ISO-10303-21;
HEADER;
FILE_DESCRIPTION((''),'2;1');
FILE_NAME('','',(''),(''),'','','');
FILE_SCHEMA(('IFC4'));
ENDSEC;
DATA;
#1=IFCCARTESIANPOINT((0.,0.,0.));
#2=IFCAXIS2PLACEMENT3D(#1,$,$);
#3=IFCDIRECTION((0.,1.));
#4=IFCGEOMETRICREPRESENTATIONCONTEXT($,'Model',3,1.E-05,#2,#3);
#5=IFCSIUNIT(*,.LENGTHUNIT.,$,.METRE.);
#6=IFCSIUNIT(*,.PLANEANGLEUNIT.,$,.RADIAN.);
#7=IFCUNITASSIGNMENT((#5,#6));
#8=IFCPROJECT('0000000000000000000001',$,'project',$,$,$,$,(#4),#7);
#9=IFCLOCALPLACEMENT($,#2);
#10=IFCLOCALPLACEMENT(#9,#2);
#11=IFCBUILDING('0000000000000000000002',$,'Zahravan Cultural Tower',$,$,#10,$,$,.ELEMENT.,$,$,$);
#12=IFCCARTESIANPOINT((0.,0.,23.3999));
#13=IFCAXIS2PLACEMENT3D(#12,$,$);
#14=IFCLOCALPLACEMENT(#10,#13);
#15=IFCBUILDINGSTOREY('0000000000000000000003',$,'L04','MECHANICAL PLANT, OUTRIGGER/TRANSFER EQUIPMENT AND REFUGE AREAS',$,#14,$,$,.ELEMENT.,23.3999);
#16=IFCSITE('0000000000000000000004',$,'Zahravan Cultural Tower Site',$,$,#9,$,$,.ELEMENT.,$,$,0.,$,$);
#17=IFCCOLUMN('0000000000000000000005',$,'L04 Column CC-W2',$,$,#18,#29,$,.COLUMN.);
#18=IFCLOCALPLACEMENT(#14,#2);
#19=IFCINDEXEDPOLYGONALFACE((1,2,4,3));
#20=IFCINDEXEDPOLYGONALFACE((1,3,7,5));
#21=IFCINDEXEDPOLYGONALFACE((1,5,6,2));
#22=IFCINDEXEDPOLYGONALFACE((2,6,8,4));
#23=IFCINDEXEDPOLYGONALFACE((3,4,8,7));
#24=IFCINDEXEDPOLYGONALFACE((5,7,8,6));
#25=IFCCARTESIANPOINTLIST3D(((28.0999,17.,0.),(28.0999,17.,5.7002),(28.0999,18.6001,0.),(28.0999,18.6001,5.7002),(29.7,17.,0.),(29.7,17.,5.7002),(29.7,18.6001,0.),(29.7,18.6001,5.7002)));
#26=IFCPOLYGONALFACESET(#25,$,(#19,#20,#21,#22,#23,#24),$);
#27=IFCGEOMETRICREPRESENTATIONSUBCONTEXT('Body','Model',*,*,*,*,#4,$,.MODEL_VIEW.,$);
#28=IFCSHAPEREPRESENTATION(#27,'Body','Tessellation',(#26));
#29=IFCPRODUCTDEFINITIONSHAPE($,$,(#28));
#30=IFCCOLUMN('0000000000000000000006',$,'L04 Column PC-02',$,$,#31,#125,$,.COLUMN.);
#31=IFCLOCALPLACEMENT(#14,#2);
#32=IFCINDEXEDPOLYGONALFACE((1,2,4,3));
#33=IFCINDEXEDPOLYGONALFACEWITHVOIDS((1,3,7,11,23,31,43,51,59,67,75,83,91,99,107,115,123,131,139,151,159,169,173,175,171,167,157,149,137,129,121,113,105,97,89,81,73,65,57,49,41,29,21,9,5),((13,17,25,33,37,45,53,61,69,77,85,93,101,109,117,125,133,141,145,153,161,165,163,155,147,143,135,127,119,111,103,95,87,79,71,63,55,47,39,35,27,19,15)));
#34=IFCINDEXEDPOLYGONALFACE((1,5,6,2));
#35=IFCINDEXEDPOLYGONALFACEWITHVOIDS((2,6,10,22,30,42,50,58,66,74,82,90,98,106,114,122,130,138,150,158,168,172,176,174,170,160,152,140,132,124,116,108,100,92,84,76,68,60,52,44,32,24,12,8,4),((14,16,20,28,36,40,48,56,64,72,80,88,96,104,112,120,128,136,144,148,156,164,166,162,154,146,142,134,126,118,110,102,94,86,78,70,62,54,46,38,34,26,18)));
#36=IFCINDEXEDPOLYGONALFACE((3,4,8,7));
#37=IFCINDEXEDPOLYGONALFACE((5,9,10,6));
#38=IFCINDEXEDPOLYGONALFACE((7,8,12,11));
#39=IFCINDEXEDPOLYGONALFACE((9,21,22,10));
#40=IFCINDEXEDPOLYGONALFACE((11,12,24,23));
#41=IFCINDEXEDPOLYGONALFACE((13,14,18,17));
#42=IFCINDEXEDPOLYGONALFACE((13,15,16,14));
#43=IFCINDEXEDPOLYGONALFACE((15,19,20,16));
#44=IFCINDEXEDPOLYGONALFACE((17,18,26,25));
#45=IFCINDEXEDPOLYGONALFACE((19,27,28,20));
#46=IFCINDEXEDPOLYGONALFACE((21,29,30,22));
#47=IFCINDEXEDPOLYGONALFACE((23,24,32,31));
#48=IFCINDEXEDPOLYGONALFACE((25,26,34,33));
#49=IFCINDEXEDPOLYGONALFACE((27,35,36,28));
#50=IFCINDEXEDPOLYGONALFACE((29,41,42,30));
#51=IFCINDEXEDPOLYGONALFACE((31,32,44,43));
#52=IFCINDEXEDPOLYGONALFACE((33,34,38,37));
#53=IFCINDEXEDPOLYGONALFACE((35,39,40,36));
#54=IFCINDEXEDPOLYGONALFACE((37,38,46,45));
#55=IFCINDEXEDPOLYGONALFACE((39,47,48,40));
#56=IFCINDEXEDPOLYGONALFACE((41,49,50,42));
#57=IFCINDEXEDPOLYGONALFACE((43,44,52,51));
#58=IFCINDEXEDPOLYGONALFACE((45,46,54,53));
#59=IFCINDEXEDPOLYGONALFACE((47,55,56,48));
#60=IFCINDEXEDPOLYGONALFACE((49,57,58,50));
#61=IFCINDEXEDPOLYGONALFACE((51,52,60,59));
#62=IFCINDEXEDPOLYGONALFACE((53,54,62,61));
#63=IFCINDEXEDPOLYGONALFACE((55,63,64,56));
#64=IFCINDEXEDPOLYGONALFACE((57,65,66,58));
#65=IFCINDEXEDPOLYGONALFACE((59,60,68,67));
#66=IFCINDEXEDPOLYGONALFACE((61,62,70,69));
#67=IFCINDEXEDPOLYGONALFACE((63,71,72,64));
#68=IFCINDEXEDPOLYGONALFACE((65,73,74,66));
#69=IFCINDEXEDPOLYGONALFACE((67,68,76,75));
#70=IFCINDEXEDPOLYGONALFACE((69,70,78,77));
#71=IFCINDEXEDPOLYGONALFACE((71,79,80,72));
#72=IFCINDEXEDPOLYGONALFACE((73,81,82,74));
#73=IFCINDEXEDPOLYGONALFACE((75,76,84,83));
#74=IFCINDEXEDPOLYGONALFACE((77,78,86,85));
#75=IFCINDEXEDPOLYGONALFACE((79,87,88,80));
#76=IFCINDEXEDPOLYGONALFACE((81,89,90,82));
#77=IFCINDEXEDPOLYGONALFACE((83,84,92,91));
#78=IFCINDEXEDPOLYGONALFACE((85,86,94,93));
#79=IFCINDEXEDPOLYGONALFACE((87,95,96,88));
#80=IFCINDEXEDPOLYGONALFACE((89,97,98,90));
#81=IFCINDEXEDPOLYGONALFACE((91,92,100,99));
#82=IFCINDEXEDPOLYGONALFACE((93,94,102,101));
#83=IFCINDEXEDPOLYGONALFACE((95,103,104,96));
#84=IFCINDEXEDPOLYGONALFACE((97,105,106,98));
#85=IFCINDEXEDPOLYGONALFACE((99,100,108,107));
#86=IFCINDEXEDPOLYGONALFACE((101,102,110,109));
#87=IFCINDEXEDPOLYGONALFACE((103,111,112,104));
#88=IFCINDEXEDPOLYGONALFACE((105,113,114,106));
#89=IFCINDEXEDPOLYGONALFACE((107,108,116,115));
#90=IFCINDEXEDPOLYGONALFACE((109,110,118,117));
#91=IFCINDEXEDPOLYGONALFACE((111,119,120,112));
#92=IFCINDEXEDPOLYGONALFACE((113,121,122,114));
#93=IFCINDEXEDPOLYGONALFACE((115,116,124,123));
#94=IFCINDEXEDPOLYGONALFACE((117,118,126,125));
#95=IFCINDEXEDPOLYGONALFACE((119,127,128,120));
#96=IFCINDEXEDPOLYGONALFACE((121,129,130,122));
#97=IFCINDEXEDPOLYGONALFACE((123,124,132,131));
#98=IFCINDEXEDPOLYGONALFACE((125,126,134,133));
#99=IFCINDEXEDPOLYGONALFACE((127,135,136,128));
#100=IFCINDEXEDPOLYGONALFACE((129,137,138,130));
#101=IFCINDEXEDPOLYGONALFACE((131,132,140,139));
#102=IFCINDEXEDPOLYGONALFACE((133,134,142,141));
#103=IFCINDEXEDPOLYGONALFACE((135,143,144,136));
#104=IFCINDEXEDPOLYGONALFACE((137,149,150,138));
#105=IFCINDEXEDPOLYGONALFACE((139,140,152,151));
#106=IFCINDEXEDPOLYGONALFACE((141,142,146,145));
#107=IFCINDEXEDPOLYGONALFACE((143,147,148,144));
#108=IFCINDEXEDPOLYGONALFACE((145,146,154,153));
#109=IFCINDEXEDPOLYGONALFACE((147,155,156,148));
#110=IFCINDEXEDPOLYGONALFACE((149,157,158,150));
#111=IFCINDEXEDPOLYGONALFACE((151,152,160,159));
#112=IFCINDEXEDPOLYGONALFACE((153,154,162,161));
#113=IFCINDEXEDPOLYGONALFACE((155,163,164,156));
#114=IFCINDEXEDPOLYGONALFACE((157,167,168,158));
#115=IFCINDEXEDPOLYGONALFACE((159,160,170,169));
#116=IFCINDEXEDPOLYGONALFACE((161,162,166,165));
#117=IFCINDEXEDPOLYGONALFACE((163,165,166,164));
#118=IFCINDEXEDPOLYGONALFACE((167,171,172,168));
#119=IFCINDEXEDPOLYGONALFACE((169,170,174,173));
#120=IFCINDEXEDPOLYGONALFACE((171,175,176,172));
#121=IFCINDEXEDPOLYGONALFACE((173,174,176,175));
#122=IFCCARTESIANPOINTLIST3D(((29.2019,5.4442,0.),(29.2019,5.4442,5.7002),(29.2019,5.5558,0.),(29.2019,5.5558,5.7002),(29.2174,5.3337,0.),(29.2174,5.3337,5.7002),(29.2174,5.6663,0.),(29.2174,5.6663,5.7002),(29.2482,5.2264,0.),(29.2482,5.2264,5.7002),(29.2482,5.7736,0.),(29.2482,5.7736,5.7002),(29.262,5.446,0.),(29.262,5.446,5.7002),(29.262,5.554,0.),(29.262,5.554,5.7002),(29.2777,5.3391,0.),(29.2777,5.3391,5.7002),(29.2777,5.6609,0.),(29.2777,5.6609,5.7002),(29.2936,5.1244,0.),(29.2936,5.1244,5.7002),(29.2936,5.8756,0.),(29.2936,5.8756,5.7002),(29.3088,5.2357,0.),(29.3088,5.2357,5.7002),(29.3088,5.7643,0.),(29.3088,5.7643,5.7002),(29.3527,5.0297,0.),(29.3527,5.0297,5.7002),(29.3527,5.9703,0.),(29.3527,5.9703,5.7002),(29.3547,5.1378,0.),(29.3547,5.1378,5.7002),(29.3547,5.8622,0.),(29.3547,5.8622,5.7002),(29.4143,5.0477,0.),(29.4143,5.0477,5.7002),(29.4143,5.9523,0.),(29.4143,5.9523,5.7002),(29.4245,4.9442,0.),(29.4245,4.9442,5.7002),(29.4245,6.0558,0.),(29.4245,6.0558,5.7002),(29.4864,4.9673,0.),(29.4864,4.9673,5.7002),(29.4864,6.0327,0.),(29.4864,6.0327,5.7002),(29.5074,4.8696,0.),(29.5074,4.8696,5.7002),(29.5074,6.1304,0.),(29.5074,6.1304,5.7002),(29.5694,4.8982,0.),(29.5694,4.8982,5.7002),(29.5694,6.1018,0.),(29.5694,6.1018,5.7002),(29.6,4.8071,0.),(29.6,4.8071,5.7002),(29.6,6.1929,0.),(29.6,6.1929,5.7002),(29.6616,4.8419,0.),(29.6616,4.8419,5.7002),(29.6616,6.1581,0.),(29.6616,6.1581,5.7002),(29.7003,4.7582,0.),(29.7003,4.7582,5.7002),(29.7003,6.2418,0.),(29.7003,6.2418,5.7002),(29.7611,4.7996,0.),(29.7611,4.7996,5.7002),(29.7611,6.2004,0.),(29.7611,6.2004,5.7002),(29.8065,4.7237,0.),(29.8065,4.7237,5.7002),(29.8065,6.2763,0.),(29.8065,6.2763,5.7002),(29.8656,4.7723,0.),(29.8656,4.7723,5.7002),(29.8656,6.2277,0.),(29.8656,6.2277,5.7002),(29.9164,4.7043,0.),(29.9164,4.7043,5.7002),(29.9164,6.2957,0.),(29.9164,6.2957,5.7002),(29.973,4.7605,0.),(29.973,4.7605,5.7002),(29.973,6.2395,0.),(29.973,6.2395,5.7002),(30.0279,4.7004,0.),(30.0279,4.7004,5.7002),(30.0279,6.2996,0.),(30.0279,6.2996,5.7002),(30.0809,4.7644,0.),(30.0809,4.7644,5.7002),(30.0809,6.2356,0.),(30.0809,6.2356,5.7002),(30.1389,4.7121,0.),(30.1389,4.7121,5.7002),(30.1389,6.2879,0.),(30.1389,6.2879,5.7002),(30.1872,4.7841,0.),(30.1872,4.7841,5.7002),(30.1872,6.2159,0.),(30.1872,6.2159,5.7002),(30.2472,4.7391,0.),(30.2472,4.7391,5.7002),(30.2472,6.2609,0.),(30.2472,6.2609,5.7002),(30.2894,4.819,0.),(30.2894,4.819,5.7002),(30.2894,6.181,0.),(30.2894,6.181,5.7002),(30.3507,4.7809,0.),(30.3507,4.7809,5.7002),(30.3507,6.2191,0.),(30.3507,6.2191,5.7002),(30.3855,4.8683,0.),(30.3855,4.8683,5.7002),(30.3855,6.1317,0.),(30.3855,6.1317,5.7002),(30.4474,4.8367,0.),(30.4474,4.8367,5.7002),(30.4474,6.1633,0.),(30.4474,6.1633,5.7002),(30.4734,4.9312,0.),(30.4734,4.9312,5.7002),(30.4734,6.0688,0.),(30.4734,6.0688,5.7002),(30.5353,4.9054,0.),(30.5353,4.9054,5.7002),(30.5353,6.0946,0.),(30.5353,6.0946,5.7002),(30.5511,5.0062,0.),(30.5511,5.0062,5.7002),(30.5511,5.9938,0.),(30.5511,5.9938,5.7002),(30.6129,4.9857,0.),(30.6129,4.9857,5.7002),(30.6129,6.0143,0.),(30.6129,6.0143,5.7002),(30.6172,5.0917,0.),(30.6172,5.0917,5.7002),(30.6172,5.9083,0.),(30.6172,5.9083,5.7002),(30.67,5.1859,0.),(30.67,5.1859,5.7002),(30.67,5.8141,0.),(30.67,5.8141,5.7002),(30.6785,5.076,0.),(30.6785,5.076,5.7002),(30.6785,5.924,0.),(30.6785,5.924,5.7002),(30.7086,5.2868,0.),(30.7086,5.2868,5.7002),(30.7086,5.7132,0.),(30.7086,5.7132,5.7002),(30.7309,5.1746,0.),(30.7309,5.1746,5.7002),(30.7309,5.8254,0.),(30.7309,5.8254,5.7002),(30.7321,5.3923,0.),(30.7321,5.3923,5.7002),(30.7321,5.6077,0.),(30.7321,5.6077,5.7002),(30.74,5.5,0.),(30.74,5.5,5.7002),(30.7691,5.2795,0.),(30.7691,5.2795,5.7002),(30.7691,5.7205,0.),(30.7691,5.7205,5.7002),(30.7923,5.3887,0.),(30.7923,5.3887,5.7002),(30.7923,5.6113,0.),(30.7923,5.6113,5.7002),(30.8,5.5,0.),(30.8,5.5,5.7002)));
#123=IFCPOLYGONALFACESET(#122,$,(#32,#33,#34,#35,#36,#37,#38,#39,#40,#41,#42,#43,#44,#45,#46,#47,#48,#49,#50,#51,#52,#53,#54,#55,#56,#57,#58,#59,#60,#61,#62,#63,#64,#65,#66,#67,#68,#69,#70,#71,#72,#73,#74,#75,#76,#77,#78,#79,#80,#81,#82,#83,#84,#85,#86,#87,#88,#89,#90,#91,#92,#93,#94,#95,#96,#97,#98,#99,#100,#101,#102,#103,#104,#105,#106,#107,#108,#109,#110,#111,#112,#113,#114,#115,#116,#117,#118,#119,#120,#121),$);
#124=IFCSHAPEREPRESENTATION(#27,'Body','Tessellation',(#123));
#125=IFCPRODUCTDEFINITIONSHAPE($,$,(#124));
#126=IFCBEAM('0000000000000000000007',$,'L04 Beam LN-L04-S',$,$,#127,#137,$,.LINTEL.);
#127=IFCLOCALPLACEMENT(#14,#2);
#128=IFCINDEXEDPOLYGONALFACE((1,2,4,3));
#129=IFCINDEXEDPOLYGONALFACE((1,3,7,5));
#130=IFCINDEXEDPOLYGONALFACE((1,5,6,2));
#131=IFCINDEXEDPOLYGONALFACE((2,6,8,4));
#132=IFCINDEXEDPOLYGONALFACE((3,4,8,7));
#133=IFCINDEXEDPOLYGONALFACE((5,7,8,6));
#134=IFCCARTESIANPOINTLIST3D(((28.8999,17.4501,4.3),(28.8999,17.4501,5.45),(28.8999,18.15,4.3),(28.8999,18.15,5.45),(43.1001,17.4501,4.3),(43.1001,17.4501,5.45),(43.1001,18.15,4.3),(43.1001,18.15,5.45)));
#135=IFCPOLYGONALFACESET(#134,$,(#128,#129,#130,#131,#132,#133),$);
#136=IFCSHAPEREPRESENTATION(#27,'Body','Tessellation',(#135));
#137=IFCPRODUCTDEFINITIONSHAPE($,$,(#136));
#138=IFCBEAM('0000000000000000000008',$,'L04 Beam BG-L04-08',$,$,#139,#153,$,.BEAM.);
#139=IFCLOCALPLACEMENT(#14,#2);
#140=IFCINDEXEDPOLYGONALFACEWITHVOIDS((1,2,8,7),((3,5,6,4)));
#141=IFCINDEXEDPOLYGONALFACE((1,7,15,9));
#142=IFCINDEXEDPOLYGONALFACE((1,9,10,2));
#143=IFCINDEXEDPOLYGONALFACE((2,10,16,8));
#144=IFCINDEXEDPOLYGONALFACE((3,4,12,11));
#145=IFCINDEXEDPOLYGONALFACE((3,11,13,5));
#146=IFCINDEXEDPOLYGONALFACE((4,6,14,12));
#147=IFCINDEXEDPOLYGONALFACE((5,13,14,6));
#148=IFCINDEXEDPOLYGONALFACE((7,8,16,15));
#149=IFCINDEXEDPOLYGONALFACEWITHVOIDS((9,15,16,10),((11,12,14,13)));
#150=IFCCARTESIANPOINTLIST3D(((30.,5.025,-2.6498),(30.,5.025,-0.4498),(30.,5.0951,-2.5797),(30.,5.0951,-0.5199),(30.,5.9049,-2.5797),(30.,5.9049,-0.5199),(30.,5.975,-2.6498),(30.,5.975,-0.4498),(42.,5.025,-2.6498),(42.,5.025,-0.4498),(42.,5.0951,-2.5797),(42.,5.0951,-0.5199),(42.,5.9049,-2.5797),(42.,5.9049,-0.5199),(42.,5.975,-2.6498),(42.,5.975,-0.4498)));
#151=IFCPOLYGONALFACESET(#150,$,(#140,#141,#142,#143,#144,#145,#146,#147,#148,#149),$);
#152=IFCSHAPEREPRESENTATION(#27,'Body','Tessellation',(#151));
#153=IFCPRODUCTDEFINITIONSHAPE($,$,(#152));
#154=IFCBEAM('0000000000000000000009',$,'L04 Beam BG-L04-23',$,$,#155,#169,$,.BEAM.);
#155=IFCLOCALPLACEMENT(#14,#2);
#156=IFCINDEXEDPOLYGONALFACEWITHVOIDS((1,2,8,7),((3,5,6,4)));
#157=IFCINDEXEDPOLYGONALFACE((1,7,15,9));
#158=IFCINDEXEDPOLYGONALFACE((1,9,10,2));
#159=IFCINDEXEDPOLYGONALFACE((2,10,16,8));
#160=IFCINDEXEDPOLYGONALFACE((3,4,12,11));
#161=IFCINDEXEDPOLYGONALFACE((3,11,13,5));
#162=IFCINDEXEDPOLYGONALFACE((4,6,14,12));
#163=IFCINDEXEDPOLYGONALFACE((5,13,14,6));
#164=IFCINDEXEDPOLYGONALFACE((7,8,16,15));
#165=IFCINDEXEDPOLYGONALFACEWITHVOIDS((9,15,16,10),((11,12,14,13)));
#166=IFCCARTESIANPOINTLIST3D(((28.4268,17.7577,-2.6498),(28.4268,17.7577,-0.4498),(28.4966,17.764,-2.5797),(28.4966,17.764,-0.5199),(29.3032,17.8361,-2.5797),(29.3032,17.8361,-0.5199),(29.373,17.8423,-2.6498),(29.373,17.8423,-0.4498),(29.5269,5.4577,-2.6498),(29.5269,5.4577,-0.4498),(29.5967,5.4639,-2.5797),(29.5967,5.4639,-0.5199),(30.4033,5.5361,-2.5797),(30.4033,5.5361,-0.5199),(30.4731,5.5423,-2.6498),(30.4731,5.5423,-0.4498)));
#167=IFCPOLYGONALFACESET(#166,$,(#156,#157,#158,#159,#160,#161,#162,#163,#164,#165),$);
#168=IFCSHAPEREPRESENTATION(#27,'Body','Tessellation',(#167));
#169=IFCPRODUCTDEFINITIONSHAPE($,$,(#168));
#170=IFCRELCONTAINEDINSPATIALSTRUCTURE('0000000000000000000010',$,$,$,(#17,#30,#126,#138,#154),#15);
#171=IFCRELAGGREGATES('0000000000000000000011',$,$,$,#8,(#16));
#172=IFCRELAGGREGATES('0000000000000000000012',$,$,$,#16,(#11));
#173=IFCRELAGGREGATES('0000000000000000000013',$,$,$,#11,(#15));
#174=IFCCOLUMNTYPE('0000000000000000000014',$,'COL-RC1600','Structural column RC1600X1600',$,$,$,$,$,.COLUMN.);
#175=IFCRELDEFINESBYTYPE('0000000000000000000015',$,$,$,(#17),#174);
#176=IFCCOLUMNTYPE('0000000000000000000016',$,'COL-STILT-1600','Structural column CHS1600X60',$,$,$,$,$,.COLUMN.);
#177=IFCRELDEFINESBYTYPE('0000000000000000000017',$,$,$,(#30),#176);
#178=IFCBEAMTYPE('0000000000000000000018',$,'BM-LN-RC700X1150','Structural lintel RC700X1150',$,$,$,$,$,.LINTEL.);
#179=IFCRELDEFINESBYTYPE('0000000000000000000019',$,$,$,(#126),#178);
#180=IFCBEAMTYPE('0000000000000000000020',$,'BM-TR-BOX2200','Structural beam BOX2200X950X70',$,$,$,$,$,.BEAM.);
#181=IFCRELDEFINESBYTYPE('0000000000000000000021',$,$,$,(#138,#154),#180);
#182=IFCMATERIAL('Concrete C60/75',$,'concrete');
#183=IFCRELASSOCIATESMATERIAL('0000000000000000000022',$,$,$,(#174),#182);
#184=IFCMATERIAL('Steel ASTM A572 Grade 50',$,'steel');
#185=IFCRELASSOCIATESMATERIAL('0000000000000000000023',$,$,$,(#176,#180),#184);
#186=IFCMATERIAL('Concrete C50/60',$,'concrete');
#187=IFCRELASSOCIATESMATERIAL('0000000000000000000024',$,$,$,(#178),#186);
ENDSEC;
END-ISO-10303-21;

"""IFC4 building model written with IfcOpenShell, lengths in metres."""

from ifc_helpers import new_model, si_unit, direction, frame, origin, origin_2d, place, context, subcontext, project, spatial, rectangle, hollow_rectangle, hollow_circle, extrude, source, transform, mapped, material, material_profile, profile_set, type_object, element, save


model = new_model("IFC4")

# Units and contexts
model_context = context("Model", 3, precision=1e-05, world=origin(), true_north=direction((0.0, 1.0)))
body_context = subcontext(model_context, "Body", "Model", "MODEL_VIEW")
ifc_project = project(units=[si_unit("LENGTHUNIT", "METRE"), si_unit("PLANEANGLEUNIT", "RADIAN")], contexts=[model_context])

# Site, building, storey
site_placement = place(None, origin())
site = spatial("IfcSite", under=ifc_project, at=site_placement, Name="Zahravan Cultural Tower Site", CompositionType="ELEMENT", RefElevation=0.0)
building_placement = place(site_placement, origin())
building = spatial("IfcBuilding", under=site, at=building_placement, Name="Zahravan Cultural Tower", CompositionType="ELEMENT")
storey_placement = place(building_placement, frame((0.0, 0.0, 23.3999)))
storey = spatial("IfcBuildingStorey", under=building, at=storey_placement, Name="L04", Description="MECHANICAL PLANT, OUTRIGGER/TRANSFER EQUIPMENT AND REFUGE AREAS", CompositionType="ELEMENT", Elevation=23.3999)

# Columns
ifc_material_1 = material(Name="Concrete C60/75", Category="concrete")
ifc_material_profile_1 = material_profile(ifc_material_1, rectangle(XDim=1.6001, YDim=1.6001, at=origin_2d()), Name="RC1600X1600")
ifc_profile_set_1 = profile_set([ifc_material_profile_1], Name="Concrete C60/75")
column_type_1 = type_object("IfcColumnType", Name="COL-RC1600", Description="Structural column RC1600X1600", PredefinedType="COLUMN", material=ifc_profile_set_1)
shared_shape_1 = source(origin(), body_context, "Body", "SweptSolid", [
    extrude(rectangle(XDim=1.6001, YDim=1.6001, at=origin_2d()), origin(), (0.0, 0.0, 1.0), 5.7002),
])
column_1_placement = place(storey_placement, frame((28.8999, 17.8, 0.0), z_axis=(0.0, 0.0, 1.0), x_axis=(1.0, 0.0, 0.0)))
element("IfcColumn", 1, at=column_1_placement, inside=storey, type_object=column_type_1, Name="L04 Column CC-W2", PredefinedType="COLUMN", context=body_context, shape_type="MappedRepresentation", body=[
    mapped(shared_shape_1, transform((0.0, 0.0, 0.0), x_axis=(1.0, 0.0, 0.0), y_axis=(0.0, 1.0, 0.0), z_axis=(0.0, 0.0, 1.0), scale=1.0)),
])
ifc_material_2 = material(Name="Steel ASTM A572 Grade 50", Category="steel")
ifc_material_profile_2 = material_profile(ifc_material_2, hollow_circle(Radius=0.8, WallThickness=0.0601, at=origin_2d()), Name="CHS1600X60")
ifc_profile_set_2 = profile_set([ifc_material_profile_2], Name="Steel ASTM A572 Grade 50")
column_type_2 = type_object("IfcColumnType", Name="COL-STILT-1600", Description="Structural column CHS1600X60", PredefinedType="COLUMN", material=ifc_profile_set_2)
shared_shape_2 = source(origin(), body_context, "Body", "SweptSolid", [
    extrude(hollow_circle(Radius=0.8, WallThickness=0.0601, at=origin_2d()), origin(), (0.0, 0.0, 1.0), 5.7002),
])
column_2_placement = place(storey_placement, frame((30.0, 5.5, 0.0), z_axis=(0.0, 0.0, 1.0), x_axis=(1.0, 0.0, 0.0)))
element("IfcColumn", 2, at=column_2_placement, inside=storey, type_object=column_type_2, Name="L04 Column PC-02", PredefinedType="COLUMN", context=body_context, shape_type="MappedRepresentation", body=[
    mapped(shared_shape_2, transform((0.0, 0.0, 0.0), x_axis=(1.0, 0.0, 0.0), y_axis=(0.0, 1.0, 0.0), z_axis=(0.0, 0.0, 1.0), scale=1.0)),
])

# Beams
ifc_material_3 = material(Name="Concrete C50/60", Category="concrete")
ifc_material_profile_3 = material_profile(ifc_material_3, rectangle(XDim=0.7, YDim=1.1499, at=origin_2d()), Name="RC700X1150")
ifc_profile_set_3 = profile_set([ifc_material_profile_3], Name="Concrete C50/60")
beam_type_1 = type_object("IfcBeamType", Name="BM-LN-RC700X1150", Description="Structural lintel RC700X1150", PredefinedType="LINTEL", material=ifc_profile_set_3)
shared_shape_3 = source(origin(), body_context, "Body", "SweptSolid", [
    extrude(rectangle(XDim=0.7, YDim=1.1499, at=origin_2d()), origin(), (0.0, 0.0, 1.0), 14.2002),
])
beam_1_placement = place(storey_placement, frame((28.8999, 17.8, 4.875), z_axis=(1.0, 0.0, 0.0), x_axis=(0.0, 1.0, 0.0)))
element("IfcBeam", 3, at=beam_1_placement, inside=storey, type_object=beam_type_1, Name="L04 Beam LN-L04-S", PredefinedType="LINTEL", context=body_context, shape_type="MappedRepresentation", body=[
    mapped(shared_shape_3, transform((0.0, 0.0, 0.0), x_axis=(1.0, 0.0, 0.0), y_axis=(0.0, 1.0, 0.0), z_axis=(0.0, 0.0, 1.0), scale=1.0)),
])
ifc_material_profile_4 = material_profile(ifc_material_2, hollow_rectangle(XDim=0.95, YDim=2.2, WallThickness=0.0701, at=origin_2d()), Name="BOX2200X950X70")
ifc_profile_set_4 = profile_set([ifc_material_profile_4], Name="Steel ASTM A572 Grade 50")
beam_type_2 = type_object("IfcBeamType", Name="BM-TR-BOX2200", Description="Structural beam BOX2200X950X70", PredefinedType="BEAM", material=ifc_profile_set_4)
shared_shape_4 = source(origin(), body_context, "Body", "SweptSolid", [
    extrude(hollow_rectangle(XDim=0.95, YDim=2.2, WallThickness=0.0701, at=origin_2d()), origin(), (0.0, 0.0, 1.0), 12.0),
])
beam_2_placement = place(storey_placement, frame((30.0, 5.5, -1.5498), z_axis=(1.0, 0.0, 0.0), x_axis=(0.0, 1.0, 0.0)))
element("IfcBeam", 4, at=beam_2_placement, inside=storey, type_object=beam_type_2, Name="L04 Beam BG-L04-08", PredefinedType="BEAM", context=body_context, shape_type="MappedRepresentation", body=[
    mapped(shared_shape_4, transform((0.0, 0.0, 0.0), x_axis=(1.0, 0.0, 0.0), y_axis=(0.0, 1.0, 0.0), z_axis=(0.0, 0.0, 1.0), scale=1.0)),
])
shared_shape_5 = source(origin(), body_context, "Body", "SweptSolid", [
    extrude(hollow_rectangle(XDim=0.95, YDim=2.2, WallThickness=0.0701, at=origin_2d()), origin(), (0.0, 0.0, 1.0), 12.3491),
])
beam_3_placement = place(storey_placement, frame((30.0, 5.5, -1.5498), z_axis=(-0.089083, 0.996024, 0.0), x_axis=(-0.996024, -0.089083, 0.0)))
element("IfcBeam", 5, at=beam_3_placement, inside=storey, type_object=beam_type_2, Name="L04 Beam BG-L04-23", PredefinedType="BEAM", context=body_context, shape_type="MappedRepresentation", body=[
    mapped(shared_shape_5, transform((0.0, 0.0, 0.0), x_axis=(1.0, 0.0, 0.0), y_axis=(0.0, 1.0, 0.0), z_axis=(0.0, 0.0, 1.0), scale=1.0)),
])

save(model, "model.ifc")
